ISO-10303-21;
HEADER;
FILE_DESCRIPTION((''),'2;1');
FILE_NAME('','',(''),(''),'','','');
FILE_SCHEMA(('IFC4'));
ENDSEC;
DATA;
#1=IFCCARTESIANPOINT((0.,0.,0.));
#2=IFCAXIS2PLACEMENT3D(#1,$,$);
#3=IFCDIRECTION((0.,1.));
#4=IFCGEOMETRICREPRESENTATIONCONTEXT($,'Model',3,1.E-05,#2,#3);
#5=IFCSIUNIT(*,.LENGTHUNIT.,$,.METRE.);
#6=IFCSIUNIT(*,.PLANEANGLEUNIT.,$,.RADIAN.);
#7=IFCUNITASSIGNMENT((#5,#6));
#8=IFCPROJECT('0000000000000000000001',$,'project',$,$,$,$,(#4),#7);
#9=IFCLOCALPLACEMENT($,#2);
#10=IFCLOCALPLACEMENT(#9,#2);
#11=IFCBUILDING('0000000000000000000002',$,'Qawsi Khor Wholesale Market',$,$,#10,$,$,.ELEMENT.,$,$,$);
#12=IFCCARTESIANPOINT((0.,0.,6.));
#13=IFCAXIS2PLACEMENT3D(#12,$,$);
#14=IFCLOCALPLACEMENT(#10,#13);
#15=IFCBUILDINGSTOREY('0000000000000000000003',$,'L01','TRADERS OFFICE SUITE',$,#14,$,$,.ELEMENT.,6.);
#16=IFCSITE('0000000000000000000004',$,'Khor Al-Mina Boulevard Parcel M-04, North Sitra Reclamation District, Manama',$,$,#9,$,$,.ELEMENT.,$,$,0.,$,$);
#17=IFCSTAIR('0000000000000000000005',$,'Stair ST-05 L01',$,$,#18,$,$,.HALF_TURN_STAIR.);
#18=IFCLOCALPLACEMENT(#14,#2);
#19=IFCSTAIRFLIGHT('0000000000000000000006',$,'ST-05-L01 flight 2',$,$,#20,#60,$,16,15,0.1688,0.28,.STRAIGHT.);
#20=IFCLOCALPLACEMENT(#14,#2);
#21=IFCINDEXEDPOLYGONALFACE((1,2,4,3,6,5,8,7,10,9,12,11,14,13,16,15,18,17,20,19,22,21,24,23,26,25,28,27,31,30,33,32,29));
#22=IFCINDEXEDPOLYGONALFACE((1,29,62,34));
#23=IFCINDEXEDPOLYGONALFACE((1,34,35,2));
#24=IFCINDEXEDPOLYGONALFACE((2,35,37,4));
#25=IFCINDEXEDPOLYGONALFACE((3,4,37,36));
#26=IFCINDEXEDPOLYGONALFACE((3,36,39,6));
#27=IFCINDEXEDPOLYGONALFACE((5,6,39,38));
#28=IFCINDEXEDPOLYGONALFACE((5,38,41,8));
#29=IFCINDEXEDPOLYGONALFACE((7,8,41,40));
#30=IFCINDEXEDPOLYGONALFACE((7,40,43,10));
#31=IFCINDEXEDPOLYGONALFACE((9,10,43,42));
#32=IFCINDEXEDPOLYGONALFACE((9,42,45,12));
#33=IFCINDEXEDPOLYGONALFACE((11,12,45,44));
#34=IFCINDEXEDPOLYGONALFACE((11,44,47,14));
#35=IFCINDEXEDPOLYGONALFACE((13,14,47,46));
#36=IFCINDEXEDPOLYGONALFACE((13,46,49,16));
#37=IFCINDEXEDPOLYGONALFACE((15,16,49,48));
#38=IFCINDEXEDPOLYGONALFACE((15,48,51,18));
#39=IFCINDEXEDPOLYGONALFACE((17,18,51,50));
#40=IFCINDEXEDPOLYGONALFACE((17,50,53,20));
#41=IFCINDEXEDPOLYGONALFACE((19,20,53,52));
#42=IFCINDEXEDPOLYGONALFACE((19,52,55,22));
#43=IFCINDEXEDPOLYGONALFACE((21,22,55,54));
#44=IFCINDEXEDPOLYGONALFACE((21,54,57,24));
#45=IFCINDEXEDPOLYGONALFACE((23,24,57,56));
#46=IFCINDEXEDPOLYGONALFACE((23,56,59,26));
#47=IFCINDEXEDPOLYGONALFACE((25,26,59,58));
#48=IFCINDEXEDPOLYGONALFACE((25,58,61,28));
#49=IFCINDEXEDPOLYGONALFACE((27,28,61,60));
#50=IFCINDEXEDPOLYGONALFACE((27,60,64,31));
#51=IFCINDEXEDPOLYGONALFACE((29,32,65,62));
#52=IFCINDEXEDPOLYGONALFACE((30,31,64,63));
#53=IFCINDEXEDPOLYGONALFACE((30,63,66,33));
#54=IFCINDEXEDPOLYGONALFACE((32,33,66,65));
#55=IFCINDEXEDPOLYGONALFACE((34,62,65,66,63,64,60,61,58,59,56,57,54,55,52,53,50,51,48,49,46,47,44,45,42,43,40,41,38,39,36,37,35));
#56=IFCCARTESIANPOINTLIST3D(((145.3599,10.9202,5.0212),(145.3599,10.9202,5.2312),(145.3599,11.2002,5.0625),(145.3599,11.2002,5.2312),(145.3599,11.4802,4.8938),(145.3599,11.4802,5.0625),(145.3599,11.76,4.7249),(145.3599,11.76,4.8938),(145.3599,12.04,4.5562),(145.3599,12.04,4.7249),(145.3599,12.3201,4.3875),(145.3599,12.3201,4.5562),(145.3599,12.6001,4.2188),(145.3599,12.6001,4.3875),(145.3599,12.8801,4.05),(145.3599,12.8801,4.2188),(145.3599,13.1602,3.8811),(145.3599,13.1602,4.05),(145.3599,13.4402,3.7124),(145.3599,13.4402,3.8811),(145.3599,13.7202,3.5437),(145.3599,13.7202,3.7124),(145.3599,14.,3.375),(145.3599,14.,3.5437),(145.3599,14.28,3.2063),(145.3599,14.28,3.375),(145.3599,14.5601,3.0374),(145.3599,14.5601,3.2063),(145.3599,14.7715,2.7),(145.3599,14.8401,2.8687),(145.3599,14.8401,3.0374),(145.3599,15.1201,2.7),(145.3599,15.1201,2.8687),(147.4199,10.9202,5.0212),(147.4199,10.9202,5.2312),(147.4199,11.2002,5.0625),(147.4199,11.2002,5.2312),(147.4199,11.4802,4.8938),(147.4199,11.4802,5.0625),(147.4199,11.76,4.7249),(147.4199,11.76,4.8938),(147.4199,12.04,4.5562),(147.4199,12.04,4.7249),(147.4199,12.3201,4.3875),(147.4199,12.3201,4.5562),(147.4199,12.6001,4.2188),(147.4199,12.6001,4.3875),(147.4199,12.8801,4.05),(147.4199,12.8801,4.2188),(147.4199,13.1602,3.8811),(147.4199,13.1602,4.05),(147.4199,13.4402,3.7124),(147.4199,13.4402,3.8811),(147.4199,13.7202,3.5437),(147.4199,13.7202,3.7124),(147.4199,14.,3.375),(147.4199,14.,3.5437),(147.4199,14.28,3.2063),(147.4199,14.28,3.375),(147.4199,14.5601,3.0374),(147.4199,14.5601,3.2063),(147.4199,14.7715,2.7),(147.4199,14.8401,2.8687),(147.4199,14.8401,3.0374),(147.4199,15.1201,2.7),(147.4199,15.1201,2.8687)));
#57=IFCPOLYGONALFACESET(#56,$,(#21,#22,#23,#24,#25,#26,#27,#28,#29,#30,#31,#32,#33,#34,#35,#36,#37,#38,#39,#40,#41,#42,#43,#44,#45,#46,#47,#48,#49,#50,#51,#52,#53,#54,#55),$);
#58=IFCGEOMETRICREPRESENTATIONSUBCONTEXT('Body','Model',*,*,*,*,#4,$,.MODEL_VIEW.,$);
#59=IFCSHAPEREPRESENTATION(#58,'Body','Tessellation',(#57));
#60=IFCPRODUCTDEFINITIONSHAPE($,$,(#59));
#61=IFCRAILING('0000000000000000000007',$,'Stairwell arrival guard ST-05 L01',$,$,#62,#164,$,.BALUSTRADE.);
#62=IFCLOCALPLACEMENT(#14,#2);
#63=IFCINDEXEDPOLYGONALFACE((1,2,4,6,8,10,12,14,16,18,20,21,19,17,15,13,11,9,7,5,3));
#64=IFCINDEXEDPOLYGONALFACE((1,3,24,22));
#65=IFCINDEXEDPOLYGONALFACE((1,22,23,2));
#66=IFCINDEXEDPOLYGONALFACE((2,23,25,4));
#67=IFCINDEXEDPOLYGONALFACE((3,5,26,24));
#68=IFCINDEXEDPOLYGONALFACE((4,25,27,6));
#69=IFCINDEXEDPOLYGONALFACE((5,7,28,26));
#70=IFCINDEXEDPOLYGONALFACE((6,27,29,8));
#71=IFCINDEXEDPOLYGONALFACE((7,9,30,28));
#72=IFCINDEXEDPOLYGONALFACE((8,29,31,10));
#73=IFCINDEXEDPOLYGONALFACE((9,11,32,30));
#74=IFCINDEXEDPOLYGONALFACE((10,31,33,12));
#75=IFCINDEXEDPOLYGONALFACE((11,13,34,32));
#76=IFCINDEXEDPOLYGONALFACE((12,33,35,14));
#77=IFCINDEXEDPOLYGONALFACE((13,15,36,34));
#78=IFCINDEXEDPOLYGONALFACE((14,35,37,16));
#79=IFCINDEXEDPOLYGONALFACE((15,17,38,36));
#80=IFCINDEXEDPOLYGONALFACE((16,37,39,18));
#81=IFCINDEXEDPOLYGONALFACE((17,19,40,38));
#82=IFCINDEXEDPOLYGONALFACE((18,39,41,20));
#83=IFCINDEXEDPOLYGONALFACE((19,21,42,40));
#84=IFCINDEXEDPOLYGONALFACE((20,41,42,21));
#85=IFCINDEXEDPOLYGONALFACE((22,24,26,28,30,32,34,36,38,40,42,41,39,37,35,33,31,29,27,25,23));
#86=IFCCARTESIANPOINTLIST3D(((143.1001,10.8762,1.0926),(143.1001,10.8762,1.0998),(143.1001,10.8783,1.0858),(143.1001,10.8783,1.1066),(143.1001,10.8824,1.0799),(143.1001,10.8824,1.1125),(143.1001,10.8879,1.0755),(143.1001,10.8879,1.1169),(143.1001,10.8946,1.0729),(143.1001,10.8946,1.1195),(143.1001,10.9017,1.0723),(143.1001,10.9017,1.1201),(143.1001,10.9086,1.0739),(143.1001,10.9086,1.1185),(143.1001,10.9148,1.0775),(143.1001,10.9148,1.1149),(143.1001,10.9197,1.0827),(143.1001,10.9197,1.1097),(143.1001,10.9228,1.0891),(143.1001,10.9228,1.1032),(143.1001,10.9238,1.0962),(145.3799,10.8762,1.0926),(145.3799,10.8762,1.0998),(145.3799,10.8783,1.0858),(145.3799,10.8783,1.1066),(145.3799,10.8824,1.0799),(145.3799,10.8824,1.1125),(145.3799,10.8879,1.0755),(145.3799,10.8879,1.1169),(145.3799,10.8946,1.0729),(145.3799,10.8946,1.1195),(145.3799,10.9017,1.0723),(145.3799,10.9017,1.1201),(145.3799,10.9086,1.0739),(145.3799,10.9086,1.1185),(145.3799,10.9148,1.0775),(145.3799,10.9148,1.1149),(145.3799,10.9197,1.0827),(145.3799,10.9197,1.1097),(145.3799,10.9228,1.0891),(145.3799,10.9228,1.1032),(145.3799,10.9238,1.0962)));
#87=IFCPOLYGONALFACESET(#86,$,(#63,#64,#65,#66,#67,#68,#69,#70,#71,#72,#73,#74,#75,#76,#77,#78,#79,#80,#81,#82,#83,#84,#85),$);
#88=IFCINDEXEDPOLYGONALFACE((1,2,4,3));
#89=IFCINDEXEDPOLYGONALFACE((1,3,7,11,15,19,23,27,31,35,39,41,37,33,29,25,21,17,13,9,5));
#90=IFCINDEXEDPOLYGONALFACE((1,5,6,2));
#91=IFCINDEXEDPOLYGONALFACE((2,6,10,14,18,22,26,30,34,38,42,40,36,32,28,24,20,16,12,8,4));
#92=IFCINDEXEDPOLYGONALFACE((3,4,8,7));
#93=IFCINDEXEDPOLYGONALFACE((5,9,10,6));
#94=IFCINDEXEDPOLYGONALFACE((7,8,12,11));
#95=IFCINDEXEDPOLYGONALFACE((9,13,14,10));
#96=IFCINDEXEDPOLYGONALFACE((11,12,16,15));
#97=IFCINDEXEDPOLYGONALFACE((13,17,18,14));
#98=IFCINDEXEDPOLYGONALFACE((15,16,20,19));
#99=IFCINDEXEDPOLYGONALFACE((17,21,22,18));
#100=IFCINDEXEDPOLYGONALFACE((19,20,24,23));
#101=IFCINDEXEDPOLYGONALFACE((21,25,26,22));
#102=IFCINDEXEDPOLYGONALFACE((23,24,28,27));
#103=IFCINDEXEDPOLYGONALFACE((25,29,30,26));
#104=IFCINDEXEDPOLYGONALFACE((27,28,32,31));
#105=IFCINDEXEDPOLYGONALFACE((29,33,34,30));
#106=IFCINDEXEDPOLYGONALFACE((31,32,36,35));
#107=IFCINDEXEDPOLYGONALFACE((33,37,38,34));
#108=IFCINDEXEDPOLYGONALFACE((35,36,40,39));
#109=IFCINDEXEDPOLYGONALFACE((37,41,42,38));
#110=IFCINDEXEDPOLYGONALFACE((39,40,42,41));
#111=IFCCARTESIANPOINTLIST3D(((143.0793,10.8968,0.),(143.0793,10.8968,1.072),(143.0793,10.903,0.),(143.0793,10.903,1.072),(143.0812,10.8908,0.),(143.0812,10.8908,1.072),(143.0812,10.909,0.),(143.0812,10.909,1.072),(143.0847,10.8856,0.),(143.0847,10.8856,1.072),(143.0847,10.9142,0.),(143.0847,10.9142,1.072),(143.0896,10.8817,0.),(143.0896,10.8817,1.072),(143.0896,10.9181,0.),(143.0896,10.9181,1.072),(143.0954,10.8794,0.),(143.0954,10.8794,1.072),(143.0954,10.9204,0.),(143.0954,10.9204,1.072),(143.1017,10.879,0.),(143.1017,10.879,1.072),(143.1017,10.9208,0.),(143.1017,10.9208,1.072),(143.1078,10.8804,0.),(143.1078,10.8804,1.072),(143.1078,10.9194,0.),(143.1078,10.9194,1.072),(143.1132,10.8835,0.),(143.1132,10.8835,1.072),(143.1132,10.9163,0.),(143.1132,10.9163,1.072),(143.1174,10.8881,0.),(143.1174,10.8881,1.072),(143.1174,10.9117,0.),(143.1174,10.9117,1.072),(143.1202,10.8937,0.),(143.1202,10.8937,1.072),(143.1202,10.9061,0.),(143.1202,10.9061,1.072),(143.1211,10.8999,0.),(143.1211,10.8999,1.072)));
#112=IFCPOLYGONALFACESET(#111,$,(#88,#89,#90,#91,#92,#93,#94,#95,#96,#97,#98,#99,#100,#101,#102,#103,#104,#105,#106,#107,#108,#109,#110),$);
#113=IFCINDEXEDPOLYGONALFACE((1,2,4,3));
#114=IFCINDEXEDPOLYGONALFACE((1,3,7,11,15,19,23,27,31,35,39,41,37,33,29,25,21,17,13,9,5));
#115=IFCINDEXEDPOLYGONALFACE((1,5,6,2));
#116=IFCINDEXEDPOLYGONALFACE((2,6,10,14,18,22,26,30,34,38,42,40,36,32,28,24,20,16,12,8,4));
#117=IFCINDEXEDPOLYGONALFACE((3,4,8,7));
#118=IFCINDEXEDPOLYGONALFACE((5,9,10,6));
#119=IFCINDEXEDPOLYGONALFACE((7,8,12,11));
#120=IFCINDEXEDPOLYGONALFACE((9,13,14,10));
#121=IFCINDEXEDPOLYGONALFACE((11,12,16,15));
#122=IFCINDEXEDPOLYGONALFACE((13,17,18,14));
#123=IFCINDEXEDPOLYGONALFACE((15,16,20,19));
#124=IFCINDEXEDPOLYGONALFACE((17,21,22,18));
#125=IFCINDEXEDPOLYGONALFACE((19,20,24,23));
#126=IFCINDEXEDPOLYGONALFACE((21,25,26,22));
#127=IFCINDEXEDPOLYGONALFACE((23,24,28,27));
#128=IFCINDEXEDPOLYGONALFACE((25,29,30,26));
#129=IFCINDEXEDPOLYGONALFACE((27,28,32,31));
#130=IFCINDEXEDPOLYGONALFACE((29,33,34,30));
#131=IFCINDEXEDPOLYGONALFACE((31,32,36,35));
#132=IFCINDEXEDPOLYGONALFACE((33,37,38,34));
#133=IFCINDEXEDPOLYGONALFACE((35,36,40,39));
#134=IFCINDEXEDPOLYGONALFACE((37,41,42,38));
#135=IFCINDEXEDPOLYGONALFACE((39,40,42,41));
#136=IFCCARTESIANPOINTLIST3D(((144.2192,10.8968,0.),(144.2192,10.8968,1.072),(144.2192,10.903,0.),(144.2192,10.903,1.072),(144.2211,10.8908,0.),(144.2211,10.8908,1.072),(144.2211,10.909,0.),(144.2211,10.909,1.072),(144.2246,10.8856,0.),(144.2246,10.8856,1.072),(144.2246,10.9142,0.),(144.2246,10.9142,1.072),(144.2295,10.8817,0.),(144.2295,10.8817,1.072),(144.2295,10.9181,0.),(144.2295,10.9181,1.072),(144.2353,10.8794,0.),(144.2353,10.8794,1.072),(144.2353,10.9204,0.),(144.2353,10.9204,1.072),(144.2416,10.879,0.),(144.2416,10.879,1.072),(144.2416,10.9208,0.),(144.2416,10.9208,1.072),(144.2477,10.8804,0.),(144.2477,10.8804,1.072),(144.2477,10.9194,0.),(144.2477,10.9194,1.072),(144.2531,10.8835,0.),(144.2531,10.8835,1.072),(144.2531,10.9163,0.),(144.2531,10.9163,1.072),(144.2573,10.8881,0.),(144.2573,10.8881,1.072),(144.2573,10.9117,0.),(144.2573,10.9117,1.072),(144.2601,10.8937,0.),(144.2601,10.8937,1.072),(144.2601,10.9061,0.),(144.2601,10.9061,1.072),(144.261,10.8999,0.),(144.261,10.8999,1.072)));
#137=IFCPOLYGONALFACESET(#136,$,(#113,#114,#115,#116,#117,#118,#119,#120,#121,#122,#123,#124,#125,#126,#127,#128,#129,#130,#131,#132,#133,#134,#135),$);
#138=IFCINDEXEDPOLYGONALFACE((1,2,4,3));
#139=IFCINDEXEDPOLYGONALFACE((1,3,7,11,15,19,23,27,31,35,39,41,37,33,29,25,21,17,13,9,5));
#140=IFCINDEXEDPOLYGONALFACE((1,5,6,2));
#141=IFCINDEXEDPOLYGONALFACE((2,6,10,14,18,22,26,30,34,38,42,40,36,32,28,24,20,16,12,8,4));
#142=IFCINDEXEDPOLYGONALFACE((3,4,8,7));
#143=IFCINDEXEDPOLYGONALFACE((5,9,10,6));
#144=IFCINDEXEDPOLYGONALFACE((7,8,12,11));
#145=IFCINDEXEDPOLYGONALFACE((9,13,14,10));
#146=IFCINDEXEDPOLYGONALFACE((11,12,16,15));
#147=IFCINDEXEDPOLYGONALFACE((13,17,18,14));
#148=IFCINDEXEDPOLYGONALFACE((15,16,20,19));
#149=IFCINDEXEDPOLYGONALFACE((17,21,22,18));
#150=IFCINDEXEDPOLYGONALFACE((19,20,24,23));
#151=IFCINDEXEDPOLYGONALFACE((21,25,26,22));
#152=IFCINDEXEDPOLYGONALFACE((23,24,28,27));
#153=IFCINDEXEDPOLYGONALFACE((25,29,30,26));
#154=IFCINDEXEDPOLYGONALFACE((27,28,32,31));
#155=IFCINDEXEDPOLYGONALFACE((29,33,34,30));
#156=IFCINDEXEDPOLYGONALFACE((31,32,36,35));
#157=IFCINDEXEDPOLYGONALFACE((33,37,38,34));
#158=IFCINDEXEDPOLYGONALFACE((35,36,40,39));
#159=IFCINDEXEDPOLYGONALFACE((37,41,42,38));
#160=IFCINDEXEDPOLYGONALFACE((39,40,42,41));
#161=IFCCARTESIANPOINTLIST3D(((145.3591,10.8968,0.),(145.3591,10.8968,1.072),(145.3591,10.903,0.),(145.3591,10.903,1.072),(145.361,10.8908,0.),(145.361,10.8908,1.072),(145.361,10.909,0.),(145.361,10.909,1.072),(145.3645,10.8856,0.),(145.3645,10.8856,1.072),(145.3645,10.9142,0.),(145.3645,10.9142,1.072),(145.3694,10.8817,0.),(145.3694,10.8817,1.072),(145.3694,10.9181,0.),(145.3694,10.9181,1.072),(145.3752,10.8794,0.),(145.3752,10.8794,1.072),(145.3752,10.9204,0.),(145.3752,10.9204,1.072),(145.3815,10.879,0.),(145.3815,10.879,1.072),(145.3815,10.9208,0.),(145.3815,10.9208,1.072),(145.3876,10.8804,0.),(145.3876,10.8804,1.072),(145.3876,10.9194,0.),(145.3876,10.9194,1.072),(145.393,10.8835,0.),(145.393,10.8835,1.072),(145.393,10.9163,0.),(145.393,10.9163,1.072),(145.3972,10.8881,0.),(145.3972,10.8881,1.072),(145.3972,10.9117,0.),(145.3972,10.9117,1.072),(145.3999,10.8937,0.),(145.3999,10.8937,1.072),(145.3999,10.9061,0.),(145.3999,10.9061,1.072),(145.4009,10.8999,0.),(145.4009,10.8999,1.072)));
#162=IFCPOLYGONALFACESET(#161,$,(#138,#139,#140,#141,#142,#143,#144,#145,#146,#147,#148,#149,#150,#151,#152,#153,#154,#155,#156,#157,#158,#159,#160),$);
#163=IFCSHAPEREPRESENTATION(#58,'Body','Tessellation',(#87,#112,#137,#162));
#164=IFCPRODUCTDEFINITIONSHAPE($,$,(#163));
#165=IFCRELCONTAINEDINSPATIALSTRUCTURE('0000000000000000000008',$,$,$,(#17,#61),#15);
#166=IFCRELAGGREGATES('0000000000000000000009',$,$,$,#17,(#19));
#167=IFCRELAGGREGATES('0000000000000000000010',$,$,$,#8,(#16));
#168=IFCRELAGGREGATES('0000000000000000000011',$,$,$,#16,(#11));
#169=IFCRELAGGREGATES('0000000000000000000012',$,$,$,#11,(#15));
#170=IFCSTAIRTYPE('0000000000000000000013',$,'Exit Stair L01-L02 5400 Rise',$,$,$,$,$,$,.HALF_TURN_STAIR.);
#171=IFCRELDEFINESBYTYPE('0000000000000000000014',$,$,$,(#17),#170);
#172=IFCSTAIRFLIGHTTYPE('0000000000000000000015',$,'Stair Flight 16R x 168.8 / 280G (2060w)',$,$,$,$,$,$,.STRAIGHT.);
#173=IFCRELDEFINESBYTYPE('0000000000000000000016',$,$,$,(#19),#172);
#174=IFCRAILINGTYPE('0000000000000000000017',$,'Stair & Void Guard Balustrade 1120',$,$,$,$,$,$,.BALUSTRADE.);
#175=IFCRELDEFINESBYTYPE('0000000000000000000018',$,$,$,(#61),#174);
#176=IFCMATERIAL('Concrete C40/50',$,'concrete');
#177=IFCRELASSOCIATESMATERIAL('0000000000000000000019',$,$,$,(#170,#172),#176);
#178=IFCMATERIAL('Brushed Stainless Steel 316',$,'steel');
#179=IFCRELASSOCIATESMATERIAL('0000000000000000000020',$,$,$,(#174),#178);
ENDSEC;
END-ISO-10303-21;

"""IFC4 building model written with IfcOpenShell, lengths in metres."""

from ifc_helpers import new_model, si_unit, direction, frame, origin, origin_2d, place, context, subcontext, project, spatial, polyline, circle, outline, extrude, material, type_object, element, aggregate, save


model = new_model("IFC4")

# Units and contexts
model_context = context("Model", 3, precision=1e-05, world=origin(), true_north=direction((0.0, 1.0)))
body_context = subcontext(model_context, "Body", "Model", "MODEL_VIEW")
ifc_project = project(units=[si_unit("LENGTHUNIT", "METRE"), si_unit("PLANEANGLEUNIT", "RADIAN")], contexts=[model_context])

# Site, building, storey
site_placement = place(None, origin())
site = spatial("IfcSite", under=ifc_project, at=site_placement, Name="Khor Al-Mina Boulevard Parcel M-04, North Sitra Reclamation District, Manama", CompositionType="ELEMENT", RefElevation=0.0)
building_placement = place(site_placement, origin())
building = spatial("IfcBuilding", under=site, at=building_placement, Name="Qawsi Khor Wholesale Market", CompositionType="ELEMENT")
storey_placement = place(building_placement, frame((0.0, 0.0, 6.0)))
storey = spatial("IfcBuildingStorey", under=building, at=storey_placement, Name="L01", Description="TRADERS OFFICE SUITE", CompositionType="ELEMENT", Elevation=6.0)

# Shared definitions
ifc_material_1 = material(Name="Concrete C40/50", Category="concrete")

# Stair, stair flight
stair_type = type_object("IfcStairType", Name="Exit Stair L01-L02 5400 Rise", PredefinedType="HALF_TURN_STAIR", material=ifc_material_1)
stair_placement = place(storey_placement, origin())
stair = element("IfcStair", 1, at=stair_placement, inside=storey, type_object=stair_type, Name="Stair ST-05 L01", PredefinedType="HALF_TURN_STAIR")
stair_flight_type = type_object("IfcStairFlightType", Name="Stair Flight 16R x 168.8 / 280G (2060w)", PredefinedType="STRAIGHT", material=ifc_material_1)
stair_flight_1_placement = place(storey_placement, frame((146.3899, 15.1201, 2.7), z_axis=(0.0, 0.0, 1.0), x_axis=(0.0, -1.0, 0.0)))
stair_flight_1 = element("IfcStairFlight", 2, at=stair_flight_1_placement, type_object=stair_flight_type, Name="ST-05-L01 flight 2", NumberOfRisers=16, NumberOfTreads=15, PredefinedType="STRAIGHT", RiserHeight=0.1688, TreadLength=0.28, context=body_context, shape_type="SweptSolid", body=[
    extrude(outline(polyline([(0.0, 0.0), (0.0, 0.1687), (0.28, 0.1687), (0.28, 0.3374), (0.5601, 0.3374), (0.5601, 0.5063), (0.8401, 0.5063), (0.8401, 0.675), (1.1201, 0.675), (1.1201, 0.8438), (1.3999, 0.8438), (1.3999, 1.0125), (1.6799, 1.0125), (1.6799, 1.1812), (1.96, 1.1812), (1.96, 1.3501), (2.24, 1.3501), (2.24, 1.5188), (2.52, 1.5188), (2.52, 1.6875), (2.8, 1.6875), (2.8, 1.8562), (3.0801, 1.8562), (3.0801, 2.0249), (3.3601, 2.0249), (3.3601, 2.1938), (3.6399, 2.1938), (3.6399, 2.3625), (3.9199, 2.3625), (3.9199, 2.5312), (4.2, 2.5312), (4.2, 2.7), (4.2, 2.3213), (0.3486, 0.0), (0.0, 0.0)])), frame((0.0, 1.03, 0.0), z_axis=(0.0, -1.0, 0.0), x_axis=(1.0, 0.0, 0.0)), (0.0, 0.0, 1.0), 2.0601),
])
aggregate(stair, [stair_flight_1])

# Railing
ifc_material_2 = material(Name="Brushed Stainless Steel 316", Category="steel")
railing_type_1 = type_object("IfcRailingType", Name="Stair & Void Guard Balustrade 1120", PredefinedType="BALUSTRADE", material=ifc_material_2)
railing_1_placement = place(storey_placement, frame((143.1001, 10.8999, 0.0)))
element("IfcRailing", 3, at=railing_1_placement, inside=storey, type_object=railing_type_1, Name="Stairwell arrival guard ST-05 L01", PredefinedType="BALUSTRADE", context=body_context, shape_type="SweptSolid", body=[
    extrude(circle(Radius=0.0239, at=origin_2d()), frame((0.0, 0.0, 1.0962), z_axis=(1.0, 0.0, 0.0), x_axis=(0.0, 1.0, 0.0)), (0.0, 0.0, 1.0), 2.2798),
    extrude(circle(Radius=0.021, at=origin_2d()), origin(), (0.0, 0.0, 1.0), 1.072),
    extrude(circle(Radius=0.021, at=origin_2d()), frame((1.1399, 0.0, 0.0)), (0.0, 0.0, 1.0), 1.072),
    extrude(circle(Radius=0.021, at=origin_2d()), frame((2.2798, 0.0, 0.0)), (0.0, 0.0, 1.0), 1.072),
])

save(model, "model.ifc")
